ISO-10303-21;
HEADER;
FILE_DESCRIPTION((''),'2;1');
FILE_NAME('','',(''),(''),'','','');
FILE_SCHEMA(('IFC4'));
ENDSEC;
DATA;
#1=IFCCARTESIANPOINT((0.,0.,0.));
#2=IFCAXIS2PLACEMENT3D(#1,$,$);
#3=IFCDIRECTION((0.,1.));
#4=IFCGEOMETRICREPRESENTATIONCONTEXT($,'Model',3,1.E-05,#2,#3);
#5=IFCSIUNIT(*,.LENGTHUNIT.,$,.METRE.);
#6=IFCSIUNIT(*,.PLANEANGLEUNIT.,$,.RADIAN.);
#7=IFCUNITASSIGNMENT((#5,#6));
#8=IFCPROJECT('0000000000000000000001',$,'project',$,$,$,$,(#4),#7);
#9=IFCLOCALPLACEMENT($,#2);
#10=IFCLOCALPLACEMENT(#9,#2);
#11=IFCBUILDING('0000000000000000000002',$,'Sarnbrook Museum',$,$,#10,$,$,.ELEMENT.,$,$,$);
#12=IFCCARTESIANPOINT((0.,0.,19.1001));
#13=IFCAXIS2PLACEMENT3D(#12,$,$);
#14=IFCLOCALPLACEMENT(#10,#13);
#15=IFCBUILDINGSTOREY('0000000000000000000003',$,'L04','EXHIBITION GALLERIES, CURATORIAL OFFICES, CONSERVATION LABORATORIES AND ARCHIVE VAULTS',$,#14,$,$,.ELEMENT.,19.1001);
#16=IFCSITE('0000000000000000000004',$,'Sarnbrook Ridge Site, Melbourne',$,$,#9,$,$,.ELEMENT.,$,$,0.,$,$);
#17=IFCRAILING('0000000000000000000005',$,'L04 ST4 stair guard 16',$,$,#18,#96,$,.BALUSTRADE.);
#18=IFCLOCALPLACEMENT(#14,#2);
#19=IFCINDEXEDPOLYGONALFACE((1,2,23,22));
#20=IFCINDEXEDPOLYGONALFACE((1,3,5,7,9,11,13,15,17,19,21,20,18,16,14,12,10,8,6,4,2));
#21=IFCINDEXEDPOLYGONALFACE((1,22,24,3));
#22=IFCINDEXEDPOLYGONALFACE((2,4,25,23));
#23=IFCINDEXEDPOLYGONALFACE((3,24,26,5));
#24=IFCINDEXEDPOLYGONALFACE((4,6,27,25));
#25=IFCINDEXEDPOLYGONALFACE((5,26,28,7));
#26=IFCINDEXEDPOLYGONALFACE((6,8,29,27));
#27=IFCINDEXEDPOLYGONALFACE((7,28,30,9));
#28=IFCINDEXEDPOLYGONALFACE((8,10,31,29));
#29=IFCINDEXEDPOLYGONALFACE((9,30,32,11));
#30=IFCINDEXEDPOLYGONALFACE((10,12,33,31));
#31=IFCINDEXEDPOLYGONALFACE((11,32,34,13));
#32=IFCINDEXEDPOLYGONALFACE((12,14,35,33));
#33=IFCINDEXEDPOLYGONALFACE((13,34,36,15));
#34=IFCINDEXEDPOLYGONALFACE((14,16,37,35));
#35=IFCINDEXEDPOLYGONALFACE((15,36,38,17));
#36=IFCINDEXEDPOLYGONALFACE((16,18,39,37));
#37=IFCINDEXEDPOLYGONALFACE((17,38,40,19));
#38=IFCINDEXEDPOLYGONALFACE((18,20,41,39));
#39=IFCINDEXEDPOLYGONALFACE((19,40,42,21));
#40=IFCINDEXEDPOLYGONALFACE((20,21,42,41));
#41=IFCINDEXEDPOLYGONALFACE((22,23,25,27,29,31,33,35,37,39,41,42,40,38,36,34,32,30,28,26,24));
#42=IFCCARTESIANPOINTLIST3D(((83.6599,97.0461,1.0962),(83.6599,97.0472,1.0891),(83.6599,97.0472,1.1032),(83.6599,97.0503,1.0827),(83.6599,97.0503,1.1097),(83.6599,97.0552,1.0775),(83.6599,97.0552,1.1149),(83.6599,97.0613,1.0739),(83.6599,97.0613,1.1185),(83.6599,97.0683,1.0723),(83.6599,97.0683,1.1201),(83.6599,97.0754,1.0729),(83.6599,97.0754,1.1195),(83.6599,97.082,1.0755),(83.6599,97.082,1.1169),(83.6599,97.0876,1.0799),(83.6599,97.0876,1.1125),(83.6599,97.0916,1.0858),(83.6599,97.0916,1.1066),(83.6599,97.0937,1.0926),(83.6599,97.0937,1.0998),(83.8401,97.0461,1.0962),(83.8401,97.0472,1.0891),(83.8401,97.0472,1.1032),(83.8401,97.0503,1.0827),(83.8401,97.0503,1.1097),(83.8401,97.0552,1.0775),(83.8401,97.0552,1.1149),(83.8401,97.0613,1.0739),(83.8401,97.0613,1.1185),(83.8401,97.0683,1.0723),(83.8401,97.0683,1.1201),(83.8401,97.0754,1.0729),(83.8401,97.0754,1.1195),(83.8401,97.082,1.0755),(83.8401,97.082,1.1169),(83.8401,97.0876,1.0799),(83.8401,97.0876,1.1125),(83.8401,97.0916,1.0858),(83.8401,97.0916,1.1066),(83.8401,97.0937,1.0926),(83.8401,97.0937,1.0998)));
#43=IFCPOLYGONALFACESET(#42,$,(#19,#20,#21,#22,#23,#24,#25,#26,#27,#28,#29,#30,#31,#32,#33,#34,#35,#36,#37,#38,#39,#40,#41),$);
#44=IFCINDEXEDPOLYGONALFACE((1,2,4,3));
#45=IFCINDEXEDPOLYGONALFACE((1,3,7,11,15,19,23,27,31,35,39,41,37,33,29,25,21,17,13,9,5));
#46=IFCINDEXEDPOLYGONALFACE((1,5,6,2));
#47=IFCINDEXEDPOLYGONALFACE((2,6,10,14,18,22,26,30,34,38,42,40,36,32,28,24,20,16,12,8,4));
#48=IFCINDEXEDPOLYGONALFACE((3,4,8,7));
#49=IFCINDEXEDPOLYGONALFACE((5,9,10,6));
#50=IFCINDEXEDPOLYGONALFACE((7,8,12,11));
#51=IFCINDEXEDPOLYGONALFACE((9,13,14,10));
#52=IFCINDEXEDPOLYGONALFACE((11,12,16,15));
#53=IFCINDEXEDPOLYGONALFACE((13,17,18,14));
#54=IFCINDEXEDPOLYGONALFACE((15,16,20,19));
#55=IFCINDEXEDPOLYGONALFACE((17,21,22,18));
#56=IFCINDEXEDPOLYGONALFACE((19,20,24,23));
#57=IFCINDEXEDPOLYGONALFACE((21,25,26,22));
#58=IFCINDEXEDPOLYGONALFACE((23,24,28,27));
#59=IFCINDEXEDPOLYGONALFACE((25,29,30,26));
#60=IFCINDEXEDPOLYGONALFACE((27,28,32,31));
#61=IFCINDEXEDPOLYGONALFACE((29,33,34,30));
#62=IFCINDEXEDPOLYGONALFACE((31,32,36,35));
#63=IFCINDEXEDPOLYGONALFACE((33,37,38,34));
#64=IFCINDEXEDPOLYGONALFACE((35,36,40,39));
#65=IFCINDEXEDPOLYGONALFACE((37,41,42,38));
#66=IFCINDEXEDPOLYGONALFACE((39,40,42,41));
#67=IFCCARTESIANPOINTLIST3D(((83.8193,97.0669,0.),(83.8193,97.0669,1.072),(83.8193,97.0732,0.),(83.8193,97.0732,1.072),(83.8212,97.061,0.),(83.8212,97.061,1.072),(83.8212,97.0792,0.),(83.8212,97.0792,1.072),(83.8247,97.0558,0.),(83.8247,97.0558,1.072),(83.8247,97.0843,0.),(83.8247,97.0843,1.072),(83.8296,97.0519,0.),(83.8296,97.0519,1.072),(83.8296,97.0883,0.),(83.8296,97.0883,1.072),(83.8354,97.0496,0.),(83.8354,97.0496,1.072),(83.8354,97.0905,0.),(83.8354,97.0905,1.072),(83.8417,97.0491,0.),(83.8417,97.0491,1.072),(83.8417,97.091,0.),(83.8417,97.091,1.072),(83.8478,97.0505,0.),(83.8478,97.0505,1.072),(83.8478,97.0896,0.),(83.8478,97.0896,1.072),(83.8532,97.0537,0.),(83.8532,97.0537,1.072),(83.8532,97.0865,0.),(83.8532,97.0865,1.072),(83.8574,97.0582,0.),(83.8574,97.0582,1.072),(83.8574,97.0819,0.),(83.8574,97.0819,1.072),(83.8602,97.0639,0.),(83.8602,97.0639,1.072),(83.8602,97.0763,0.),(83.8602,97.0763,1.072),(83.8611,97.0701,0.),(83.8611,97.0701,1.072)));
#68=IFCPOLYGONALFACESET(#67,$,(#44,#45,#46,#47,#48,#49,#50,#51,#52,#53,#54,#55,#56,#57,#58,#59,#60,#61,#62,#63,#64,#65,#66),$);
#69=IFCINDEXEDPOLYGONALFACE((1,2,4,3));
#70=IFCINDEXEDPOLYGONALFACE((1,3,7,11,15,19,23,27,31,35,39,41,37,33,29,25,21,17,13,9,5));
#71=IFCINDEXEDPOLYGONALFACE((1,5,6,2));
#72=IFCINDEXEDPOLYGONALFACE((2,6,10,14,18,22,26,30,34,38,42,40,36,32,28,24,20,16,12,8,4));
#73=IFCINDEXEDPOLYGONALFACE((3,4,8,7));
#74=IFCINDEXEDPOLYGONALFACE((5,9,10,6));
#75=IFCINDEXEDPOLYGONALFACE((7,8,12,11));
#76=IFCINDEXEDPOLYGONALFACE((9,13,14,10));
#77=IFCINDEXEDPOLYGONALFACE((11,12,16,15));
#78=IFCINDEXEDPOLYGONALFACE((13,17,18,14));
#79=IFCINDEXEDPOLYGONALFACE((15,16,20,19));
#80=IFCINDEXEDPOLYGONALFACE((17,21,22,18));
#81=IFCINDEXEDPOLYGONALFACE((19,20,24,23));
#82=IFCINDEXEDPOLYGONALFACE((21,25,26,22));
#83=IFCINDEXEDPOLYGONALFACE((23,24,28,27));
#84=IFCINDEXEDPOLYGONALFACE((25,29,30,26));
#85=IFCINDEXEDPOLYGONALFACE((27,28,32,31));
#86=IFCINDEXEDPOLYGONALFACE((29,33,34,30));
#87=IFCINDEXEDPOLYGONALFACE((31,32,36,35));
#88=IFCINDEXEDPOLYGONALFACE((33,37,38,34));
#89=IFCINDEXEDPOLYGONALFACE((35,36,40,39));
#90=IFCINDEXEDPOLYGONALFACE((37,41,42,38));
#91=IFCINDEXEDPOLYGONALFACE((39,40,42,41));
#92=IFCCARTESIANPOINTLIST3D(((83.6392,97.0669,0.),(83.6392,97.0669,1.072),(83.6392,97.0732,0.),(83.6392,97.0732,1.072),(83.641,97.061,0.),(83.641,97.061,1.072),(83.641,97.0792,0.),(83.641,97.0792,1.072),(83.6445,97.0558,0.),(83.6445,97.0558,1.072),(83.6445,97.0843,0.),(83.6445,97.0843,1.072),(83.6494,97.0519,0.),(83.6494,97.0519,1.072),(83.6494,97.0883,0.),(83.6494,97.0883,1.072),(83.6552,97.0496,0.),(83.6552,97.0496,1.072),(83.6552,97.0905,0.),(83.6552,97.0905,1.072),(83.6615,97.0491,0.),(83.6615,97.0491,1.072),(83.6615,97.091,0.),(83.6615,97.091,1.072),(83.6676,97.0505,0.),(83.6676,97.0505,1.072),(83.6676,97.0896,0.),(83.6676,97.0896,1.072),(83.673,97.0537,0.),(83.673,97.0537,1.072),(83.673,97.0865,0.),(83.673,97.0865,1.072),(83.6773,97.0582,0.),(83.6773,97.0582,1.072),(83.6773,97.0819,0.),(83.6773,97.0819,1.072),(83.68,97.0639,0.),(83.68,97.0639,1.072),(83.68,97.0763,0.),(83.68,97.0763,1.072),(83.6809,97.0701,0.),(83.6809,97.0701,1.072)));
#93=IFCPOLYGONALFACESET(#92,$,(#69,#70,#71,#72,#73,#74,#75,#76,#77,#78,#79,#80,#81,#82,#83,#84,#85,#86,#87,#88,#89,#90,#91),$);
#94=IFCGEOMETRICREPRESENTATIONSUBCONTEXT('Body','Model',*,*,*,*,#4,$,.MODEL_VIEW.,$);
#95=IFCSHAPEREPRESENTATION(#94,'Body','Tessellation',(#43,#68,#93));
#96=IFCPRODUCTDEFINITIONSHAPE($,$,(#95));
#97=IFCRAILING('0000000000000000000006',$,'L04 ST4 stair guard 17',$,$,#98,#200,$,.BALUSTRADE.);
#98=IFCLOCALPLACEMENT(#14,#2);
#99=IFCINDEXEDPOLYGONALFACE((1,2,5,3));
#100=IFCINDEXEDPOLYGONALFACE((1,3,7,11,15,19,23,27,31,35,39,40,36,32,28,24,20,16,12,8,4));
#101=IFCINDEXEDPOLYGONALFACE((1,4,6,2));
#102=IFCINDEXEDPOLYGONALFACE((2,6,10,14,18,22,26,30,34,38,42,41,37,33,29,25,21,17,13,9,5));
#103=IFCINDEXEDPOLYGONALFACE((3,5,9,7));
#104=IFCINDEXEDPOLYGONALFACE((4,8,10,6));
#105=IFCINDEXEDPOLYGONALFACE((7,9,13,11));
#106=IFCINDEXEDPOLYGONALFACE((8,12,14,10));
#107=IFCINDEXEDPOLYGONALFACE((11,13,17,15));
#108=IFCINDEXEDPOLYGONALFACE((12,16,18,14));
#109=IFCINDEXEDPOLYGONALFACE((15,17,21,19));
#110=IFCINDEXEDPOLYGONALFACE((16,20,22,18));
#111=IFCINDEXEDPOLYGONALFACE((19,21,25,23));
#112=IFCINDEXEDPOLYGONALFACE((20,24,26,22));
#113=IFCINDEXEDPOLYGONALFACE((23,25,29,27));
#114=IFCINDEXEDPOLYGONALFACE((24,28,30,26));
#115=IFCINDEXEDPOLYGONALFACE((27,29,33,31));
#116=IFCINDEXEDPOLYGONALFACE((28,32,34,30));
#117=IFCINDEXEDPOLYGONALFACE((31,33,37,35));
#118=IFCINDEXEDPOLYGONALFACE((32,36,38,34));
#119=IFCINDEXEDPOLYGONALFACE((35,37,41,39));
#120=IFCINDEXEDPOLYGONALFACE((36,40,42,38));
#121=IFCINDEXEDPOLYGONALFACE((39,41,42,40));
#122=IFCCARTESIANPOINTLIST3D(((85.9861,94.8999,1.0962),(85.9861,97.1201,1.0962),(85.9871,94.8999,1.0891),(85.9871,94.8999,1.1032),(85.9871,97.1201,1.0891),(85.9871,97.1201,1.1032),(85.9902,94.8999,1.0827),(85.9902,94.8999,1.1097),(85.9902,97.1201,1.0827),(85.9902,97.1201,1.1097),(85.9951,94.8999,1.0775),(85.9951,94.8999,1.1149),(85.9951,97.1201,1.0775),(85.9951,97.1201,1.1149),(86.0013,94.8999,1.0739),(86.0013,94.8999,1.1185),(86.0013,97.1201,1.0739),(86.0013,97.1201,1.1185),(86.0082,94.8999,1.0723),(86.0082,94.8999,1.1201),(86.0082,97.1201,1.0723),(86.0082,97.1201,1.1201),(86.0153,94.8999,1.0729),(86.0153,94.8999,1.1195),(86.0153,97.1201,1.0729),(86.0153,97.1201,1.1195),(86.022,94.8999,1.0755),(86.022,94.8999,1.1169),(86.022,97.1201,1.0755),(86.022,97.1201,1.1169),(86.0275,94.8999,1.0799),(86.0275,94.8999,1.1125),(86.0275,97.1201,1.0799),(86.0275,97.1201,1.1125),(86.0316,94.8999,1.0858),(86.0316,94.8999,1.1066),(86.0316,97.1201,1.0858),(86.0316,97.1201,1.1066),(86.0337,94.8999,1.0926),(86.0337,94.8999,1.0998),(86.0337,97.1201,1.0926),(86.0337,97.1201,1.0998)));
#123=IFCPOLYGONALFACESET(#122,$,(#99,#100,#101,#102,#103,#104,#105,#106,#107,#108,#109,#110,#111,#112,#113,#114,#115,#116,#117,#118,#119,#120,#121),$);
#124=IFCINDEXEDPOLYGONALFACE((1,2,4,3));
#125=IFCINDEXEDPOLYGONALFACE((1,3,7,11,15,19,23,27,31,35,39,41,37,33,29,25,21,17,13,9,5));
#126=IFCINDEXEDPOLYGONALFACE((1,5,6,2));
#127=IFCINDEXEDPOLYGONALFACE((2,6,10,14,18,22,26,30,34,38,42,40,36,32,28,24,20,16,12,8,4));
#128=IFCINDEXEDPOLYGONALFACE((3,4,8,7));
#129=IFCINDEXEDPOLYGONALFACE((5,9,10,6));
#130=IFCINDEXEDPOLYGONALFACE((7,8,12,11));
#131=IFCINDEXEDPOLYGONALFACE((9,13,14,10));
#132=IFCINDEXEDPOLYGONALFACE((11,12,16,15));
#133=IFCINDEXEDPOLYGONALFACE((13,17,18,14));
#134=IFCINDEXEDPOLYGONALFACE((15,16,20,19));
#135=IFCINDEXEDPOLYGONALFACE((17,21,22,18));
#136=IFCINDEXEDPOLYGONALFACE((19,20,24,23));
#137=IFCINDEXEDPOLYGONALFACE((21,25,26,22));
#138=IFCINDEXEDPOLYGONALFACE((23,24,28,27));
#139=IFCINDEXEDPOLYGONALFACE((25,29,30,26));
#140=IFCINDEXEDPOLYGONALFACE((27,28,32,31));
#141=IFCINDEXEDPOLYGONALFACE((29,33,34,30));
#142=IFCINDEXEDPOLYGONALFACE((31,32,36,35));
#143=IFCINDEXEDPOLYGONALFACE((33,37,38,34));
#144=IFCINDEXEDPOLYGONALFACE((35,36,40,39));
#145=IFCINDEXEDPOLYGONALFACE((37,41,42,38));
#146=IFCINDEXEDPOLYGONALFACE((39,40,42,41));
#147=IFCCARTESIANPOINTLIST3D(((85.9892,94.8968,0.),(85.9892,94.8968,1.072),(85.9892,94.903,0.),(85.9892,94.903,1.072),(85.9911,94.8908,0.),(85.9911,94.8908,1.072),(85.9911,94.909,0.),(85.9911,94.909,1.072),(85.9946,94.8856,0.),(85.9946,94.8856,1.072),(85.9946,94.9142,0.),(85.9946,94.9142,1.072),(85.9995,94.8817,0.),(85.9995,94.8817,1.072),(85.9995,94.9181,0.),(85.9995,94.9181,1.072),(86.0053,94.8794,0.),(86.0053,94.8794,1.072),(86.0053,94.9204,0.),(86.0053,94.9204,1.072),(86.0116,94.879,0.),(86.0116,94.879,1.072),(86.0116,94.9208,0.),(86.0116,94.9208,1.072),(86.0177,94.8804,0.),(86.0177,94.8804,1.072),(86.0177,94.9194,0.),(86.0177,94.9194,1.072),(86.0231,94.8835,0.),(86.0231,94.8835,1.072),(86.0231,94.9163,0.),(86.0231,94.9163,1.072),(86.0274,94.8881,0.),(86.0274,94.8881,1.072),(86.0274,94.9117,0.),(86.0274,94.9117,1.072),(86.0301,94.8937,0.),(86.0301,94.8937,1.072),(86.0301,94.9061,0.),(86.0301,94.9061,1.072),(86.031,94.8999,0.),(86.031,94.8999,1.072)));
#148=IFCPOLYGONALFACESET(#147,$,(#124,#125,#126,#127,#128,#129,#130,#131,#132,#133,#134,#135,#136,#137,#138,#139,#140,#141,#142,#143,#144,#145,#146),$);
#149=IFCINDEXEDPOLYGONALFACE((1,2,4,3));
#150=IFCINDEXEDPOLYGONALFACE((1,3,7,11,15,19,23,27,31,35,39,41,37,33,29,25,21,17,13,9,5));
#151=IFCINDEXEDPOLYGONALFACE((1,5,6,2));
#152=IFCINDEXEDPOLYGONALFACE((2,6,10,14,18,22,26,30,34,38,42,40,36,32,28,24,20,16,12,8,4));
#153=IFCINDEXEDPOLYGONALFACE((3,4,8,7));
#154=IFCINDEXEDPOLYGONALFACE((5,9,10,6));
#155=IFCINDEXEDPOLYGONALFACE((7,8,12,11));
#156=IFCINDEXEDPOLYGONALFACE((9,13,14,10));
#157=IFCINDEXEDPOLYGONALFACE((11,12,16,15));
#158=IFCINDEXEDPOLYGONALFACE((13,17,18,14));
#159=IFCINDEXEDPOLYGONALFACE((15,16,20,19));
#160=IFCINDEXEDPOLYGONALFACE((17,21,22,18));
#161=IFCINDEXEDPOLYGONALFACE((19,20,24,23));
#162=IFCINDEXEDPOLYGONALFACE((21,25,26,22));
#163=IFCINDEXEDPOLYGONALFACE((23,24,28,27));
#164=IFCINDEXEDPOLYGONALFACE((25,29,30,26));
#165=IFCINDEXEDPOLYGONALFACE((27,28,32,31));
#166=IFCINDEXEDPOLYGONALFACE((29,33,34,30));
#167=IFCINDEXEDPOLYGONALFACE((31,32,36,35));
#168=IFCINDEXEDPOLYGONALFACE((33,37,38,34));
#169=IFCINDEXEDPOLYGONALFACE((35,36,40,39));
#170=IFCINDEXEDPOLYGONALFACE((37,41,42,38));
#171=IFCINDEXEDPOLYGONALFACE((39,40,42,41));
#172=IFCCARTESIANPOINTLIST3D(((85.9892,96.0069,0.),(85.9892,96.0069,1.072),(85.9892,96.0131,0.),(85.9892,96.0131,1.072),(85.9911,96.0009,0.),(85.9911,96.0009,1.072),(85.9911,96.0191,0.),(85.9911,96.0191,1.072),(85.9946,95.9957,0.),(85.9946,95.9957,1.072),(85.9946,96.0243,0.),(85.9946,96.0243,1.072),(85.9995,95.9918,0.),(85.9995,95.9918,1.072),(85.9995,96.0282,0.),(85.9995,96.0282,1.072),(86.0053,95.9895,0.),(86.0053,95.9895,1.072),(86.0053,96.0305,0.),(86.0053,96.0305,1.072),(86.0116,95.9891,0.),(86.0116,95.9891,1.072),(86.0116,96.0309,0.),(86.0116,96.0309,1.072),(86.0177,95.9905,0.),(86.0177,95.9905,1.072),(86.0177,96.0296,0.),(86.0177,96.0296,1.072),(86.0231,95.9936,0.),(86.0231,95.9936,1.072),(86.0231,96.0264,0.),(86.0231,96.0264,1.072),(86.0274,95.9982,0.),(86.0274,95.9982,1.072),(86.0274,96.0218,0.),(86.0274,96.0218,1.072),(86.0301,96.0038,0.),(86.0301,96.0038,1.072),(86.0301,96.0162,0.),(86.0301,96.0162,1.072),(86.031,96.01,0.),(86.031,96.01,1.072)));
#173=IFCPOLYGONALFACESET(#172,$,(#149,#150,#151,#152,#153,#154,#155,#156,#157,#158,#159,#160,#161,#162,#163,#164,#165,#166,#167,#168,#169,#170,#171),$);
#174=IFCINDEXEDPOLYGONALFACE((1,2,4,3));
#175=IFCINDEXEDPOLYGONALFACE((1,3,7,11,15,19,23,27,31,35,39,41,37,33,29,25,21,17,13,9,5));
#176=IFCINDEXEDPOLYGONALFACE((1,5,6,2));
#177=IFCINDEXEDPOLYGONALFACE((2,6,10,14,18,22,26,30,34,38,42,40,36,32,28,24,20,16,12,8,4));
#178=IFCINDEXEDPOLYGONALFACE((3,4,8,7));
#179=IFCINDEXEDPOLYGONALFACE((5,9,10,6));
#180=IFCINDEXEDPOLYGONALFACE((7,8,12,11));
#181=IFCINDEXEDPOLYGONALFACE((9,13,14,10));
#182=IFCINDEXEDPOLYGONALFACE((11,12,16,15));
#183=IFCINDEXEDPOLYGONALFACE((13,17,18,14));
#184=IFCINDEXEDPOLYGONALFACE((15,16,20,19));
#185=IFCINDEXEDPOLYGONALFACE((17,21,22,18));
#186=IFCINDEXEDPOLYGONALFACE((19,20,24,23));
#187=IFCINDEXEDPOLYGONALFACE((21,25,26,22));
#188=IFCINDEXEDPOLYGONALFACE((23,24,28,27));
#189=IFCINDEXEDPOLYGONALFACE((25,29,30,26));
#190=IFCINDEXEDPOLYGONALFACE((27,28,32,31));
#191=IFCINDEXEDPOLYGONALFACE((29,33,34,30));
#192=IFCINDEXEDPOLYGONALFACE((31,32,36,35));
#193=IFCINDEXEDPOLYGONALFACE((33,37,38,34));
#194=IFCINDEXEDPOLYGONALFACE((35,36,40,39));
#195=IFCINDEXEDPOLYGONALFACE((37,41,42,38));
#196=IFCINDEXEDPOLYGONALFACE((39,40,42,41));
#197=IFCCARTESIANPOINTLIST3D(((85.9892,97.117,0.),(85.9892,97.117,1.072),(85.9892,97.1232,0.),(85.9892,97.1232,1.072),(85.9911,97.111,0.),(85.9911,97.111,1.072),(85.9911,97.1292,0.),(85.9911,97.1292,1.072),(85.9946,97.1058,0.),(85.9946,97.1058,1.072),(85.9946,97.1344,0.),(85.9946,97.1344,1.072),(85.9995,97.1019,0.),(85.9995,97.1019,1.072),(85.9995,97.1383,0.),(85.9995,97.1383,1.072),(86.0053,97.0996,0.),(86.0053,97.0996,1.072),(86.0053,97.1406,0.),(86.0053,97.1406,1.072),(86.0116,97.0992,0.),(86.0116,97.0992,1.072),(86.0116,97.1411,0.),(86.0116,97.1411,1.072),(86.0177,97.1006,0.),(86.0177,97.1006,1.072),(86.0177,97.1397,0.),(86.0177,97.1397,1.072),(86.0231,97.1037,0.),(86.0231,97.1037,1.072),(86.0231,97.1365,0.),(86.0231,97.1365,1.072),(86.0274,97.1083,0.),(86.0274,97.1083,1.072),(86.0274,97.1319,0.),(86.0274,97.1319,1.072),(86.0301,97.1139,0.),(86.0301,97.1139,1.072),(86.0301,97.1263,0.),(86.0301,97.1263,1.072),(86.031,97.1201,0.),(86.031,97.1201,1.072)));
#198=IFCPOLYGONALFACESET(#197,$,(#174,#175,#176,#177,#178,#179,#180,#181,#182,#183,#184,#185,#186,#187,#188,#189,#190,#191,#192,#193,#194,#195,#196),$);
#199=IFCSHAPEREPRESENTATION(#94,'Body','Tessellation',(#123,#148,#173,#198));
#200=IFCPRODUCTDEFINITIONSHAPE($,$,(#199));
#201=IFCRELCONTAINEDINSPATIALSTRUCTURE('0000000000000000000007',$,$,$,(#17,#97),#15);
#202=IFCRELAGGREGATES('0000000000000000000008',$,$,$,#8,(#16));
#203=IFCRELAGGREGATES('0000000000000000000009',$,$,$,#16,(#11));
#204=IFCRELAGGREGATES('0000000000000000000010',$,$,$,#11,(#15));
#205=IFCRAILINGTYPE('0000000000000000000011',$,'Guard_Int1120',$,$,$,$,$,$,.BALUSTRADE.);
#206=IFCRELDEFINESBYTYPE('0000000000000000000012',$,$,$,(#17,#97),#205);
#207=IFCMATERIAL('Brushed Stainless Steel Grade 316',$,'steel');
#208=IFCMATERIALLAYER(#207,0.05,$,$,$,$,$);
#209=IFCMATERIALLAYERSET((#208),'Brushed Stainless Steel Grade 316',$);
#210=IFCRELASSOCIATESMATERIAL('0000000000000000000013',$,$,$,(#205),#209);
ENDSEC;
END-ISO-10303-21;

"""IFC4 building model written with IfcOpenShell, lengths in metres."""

from ifc_helpers import new_model, si_unit, direction, frame, origin, origin_2d, place, context, subcontext, project, spatial, circle, extrude, material, layer, layer_set, type_object, element, save


model = new_model("IFC4")

# Units and contexts
model_context = context("Model", 3, precision=1e-05, world=origin(), true_north=direction((0.0, 1.0)))
body_context = subcontext(model_context, "Body", "Model", "MODEL_VIEW")
ifc_project = project(units=[si_unit("LENGTHUNIT", "METRE"), si_unit("PLANEANGLEUNIT", "RADIAN")], contexts=[model_context])

# Site, building, storey
site_placement = place(None, origin())
site = spatial("IfcSite", under=ifc_project, at=site_placement, Name="Sarnbrook Ridge Site, Melbourne", CompositionType="ELEMENT", RefElevation=0.0)
building_placement = place(site_placement, origin())
building = spatial("IfcBuilding", under=site, at=building_placement, Name="Sarnbrook Museum", CompositionType="ELEMENT")
storey_placement = place(building_placement, frame((0.0, 0.0, 19.1001)))
storey = spatial("IfcBuildingStorey", under=building, at=storey_placement, Name="L04", Description="EXHIBITION GALLERIES, CURATORIAL OFFICES, CONSERVATION LABORATORIES AND ARCHIVE VAULTS", CompositionType="ELEMENT", Elevation=19.1001)

# Shared definitions
ifc_material_1 = material(Name="Brushed Stainless Steel Grade 316", Category="steel")

# Railings
ifc_layer_1 = layer(ifc_material_1, 0.05)
ifc_layer_set_1 = layer_set([ifc_layer_1], Name="Brushed Stainless Steel Grade 316")
railing_type_1 = type_object("IfcRailingType", Name="Guard_Int1120", PredefinedType="BALUSTRADE", material=ifc_layer_set_1)
railing_1_placement = place(storey_placement, frame((83.8401, 97.0701, 0.0)))
element("IfcRailing", 1, at=railing_1_placement, inside=storey, type_object=railing_type_1, Name="L04 ST4 stair guard 16", PredefinedType="BALUSTRADE", context=body_context, shape_type="SweptSolid", body=[
    extrude(circle(Radius=0.0239, at=origin_2d()), frame((0.0, 0.0, 1.0962), z_axis=(-1.0, 0.0, 0.0), x_axis=(0.0, -1.0, 0.0)), (0.0, 0.0, 1.0), 0.1802),
    extrude(circle(Radius=0.021, at=origin_2d()), origin(), (0.0, 0.0, 1.0), 1.072),
    extrude(circle(Radius=0.021, at=origin_2d()), frame((-0.1802, 0.0, 0.0)), (0.0, 0.0, 1.0), 1.072),
])
for number, where, name in (
    (2, (86.01, 94.8999, 0.0), "L04 ST4 stair guard 17"),
):
    element("IfcRailing", number, at=place(storey_placement, frame(where)), inside=storey, type_object=railing_type_1, Name=name, PredefinedType="BALUSTRADE", context=body_context, shape_type="SweptSolid", body=[
        extrude(circle(Radius=0.0239, at=origin_2d()), frame((0.0, 0.0, 1.0962), z_axis=(0.0, 1.0, 0.0), x_axis=(-1.0, 0.0, 0.0)), (0.0, 0.0, 1.0), 2.2202),
        extrude(circle(Radius=0.021, at=origin_2d()), origin(), (0.0, 0.0, 1.0), 1.072),
        extrude(circle(Radius=0.021, at=origin_2d()), frame((0.0, 1.1101, 0.0)), (0.0, 0.0, 1.0), 1.072),
        extrude(circle(Radius=0.021, at=origin_2d()), frame((0.0, 2.2202, 0.0)), (0.0, 0.0, 1.0), 1.072),
    ])

save(model, "model.ifc")
